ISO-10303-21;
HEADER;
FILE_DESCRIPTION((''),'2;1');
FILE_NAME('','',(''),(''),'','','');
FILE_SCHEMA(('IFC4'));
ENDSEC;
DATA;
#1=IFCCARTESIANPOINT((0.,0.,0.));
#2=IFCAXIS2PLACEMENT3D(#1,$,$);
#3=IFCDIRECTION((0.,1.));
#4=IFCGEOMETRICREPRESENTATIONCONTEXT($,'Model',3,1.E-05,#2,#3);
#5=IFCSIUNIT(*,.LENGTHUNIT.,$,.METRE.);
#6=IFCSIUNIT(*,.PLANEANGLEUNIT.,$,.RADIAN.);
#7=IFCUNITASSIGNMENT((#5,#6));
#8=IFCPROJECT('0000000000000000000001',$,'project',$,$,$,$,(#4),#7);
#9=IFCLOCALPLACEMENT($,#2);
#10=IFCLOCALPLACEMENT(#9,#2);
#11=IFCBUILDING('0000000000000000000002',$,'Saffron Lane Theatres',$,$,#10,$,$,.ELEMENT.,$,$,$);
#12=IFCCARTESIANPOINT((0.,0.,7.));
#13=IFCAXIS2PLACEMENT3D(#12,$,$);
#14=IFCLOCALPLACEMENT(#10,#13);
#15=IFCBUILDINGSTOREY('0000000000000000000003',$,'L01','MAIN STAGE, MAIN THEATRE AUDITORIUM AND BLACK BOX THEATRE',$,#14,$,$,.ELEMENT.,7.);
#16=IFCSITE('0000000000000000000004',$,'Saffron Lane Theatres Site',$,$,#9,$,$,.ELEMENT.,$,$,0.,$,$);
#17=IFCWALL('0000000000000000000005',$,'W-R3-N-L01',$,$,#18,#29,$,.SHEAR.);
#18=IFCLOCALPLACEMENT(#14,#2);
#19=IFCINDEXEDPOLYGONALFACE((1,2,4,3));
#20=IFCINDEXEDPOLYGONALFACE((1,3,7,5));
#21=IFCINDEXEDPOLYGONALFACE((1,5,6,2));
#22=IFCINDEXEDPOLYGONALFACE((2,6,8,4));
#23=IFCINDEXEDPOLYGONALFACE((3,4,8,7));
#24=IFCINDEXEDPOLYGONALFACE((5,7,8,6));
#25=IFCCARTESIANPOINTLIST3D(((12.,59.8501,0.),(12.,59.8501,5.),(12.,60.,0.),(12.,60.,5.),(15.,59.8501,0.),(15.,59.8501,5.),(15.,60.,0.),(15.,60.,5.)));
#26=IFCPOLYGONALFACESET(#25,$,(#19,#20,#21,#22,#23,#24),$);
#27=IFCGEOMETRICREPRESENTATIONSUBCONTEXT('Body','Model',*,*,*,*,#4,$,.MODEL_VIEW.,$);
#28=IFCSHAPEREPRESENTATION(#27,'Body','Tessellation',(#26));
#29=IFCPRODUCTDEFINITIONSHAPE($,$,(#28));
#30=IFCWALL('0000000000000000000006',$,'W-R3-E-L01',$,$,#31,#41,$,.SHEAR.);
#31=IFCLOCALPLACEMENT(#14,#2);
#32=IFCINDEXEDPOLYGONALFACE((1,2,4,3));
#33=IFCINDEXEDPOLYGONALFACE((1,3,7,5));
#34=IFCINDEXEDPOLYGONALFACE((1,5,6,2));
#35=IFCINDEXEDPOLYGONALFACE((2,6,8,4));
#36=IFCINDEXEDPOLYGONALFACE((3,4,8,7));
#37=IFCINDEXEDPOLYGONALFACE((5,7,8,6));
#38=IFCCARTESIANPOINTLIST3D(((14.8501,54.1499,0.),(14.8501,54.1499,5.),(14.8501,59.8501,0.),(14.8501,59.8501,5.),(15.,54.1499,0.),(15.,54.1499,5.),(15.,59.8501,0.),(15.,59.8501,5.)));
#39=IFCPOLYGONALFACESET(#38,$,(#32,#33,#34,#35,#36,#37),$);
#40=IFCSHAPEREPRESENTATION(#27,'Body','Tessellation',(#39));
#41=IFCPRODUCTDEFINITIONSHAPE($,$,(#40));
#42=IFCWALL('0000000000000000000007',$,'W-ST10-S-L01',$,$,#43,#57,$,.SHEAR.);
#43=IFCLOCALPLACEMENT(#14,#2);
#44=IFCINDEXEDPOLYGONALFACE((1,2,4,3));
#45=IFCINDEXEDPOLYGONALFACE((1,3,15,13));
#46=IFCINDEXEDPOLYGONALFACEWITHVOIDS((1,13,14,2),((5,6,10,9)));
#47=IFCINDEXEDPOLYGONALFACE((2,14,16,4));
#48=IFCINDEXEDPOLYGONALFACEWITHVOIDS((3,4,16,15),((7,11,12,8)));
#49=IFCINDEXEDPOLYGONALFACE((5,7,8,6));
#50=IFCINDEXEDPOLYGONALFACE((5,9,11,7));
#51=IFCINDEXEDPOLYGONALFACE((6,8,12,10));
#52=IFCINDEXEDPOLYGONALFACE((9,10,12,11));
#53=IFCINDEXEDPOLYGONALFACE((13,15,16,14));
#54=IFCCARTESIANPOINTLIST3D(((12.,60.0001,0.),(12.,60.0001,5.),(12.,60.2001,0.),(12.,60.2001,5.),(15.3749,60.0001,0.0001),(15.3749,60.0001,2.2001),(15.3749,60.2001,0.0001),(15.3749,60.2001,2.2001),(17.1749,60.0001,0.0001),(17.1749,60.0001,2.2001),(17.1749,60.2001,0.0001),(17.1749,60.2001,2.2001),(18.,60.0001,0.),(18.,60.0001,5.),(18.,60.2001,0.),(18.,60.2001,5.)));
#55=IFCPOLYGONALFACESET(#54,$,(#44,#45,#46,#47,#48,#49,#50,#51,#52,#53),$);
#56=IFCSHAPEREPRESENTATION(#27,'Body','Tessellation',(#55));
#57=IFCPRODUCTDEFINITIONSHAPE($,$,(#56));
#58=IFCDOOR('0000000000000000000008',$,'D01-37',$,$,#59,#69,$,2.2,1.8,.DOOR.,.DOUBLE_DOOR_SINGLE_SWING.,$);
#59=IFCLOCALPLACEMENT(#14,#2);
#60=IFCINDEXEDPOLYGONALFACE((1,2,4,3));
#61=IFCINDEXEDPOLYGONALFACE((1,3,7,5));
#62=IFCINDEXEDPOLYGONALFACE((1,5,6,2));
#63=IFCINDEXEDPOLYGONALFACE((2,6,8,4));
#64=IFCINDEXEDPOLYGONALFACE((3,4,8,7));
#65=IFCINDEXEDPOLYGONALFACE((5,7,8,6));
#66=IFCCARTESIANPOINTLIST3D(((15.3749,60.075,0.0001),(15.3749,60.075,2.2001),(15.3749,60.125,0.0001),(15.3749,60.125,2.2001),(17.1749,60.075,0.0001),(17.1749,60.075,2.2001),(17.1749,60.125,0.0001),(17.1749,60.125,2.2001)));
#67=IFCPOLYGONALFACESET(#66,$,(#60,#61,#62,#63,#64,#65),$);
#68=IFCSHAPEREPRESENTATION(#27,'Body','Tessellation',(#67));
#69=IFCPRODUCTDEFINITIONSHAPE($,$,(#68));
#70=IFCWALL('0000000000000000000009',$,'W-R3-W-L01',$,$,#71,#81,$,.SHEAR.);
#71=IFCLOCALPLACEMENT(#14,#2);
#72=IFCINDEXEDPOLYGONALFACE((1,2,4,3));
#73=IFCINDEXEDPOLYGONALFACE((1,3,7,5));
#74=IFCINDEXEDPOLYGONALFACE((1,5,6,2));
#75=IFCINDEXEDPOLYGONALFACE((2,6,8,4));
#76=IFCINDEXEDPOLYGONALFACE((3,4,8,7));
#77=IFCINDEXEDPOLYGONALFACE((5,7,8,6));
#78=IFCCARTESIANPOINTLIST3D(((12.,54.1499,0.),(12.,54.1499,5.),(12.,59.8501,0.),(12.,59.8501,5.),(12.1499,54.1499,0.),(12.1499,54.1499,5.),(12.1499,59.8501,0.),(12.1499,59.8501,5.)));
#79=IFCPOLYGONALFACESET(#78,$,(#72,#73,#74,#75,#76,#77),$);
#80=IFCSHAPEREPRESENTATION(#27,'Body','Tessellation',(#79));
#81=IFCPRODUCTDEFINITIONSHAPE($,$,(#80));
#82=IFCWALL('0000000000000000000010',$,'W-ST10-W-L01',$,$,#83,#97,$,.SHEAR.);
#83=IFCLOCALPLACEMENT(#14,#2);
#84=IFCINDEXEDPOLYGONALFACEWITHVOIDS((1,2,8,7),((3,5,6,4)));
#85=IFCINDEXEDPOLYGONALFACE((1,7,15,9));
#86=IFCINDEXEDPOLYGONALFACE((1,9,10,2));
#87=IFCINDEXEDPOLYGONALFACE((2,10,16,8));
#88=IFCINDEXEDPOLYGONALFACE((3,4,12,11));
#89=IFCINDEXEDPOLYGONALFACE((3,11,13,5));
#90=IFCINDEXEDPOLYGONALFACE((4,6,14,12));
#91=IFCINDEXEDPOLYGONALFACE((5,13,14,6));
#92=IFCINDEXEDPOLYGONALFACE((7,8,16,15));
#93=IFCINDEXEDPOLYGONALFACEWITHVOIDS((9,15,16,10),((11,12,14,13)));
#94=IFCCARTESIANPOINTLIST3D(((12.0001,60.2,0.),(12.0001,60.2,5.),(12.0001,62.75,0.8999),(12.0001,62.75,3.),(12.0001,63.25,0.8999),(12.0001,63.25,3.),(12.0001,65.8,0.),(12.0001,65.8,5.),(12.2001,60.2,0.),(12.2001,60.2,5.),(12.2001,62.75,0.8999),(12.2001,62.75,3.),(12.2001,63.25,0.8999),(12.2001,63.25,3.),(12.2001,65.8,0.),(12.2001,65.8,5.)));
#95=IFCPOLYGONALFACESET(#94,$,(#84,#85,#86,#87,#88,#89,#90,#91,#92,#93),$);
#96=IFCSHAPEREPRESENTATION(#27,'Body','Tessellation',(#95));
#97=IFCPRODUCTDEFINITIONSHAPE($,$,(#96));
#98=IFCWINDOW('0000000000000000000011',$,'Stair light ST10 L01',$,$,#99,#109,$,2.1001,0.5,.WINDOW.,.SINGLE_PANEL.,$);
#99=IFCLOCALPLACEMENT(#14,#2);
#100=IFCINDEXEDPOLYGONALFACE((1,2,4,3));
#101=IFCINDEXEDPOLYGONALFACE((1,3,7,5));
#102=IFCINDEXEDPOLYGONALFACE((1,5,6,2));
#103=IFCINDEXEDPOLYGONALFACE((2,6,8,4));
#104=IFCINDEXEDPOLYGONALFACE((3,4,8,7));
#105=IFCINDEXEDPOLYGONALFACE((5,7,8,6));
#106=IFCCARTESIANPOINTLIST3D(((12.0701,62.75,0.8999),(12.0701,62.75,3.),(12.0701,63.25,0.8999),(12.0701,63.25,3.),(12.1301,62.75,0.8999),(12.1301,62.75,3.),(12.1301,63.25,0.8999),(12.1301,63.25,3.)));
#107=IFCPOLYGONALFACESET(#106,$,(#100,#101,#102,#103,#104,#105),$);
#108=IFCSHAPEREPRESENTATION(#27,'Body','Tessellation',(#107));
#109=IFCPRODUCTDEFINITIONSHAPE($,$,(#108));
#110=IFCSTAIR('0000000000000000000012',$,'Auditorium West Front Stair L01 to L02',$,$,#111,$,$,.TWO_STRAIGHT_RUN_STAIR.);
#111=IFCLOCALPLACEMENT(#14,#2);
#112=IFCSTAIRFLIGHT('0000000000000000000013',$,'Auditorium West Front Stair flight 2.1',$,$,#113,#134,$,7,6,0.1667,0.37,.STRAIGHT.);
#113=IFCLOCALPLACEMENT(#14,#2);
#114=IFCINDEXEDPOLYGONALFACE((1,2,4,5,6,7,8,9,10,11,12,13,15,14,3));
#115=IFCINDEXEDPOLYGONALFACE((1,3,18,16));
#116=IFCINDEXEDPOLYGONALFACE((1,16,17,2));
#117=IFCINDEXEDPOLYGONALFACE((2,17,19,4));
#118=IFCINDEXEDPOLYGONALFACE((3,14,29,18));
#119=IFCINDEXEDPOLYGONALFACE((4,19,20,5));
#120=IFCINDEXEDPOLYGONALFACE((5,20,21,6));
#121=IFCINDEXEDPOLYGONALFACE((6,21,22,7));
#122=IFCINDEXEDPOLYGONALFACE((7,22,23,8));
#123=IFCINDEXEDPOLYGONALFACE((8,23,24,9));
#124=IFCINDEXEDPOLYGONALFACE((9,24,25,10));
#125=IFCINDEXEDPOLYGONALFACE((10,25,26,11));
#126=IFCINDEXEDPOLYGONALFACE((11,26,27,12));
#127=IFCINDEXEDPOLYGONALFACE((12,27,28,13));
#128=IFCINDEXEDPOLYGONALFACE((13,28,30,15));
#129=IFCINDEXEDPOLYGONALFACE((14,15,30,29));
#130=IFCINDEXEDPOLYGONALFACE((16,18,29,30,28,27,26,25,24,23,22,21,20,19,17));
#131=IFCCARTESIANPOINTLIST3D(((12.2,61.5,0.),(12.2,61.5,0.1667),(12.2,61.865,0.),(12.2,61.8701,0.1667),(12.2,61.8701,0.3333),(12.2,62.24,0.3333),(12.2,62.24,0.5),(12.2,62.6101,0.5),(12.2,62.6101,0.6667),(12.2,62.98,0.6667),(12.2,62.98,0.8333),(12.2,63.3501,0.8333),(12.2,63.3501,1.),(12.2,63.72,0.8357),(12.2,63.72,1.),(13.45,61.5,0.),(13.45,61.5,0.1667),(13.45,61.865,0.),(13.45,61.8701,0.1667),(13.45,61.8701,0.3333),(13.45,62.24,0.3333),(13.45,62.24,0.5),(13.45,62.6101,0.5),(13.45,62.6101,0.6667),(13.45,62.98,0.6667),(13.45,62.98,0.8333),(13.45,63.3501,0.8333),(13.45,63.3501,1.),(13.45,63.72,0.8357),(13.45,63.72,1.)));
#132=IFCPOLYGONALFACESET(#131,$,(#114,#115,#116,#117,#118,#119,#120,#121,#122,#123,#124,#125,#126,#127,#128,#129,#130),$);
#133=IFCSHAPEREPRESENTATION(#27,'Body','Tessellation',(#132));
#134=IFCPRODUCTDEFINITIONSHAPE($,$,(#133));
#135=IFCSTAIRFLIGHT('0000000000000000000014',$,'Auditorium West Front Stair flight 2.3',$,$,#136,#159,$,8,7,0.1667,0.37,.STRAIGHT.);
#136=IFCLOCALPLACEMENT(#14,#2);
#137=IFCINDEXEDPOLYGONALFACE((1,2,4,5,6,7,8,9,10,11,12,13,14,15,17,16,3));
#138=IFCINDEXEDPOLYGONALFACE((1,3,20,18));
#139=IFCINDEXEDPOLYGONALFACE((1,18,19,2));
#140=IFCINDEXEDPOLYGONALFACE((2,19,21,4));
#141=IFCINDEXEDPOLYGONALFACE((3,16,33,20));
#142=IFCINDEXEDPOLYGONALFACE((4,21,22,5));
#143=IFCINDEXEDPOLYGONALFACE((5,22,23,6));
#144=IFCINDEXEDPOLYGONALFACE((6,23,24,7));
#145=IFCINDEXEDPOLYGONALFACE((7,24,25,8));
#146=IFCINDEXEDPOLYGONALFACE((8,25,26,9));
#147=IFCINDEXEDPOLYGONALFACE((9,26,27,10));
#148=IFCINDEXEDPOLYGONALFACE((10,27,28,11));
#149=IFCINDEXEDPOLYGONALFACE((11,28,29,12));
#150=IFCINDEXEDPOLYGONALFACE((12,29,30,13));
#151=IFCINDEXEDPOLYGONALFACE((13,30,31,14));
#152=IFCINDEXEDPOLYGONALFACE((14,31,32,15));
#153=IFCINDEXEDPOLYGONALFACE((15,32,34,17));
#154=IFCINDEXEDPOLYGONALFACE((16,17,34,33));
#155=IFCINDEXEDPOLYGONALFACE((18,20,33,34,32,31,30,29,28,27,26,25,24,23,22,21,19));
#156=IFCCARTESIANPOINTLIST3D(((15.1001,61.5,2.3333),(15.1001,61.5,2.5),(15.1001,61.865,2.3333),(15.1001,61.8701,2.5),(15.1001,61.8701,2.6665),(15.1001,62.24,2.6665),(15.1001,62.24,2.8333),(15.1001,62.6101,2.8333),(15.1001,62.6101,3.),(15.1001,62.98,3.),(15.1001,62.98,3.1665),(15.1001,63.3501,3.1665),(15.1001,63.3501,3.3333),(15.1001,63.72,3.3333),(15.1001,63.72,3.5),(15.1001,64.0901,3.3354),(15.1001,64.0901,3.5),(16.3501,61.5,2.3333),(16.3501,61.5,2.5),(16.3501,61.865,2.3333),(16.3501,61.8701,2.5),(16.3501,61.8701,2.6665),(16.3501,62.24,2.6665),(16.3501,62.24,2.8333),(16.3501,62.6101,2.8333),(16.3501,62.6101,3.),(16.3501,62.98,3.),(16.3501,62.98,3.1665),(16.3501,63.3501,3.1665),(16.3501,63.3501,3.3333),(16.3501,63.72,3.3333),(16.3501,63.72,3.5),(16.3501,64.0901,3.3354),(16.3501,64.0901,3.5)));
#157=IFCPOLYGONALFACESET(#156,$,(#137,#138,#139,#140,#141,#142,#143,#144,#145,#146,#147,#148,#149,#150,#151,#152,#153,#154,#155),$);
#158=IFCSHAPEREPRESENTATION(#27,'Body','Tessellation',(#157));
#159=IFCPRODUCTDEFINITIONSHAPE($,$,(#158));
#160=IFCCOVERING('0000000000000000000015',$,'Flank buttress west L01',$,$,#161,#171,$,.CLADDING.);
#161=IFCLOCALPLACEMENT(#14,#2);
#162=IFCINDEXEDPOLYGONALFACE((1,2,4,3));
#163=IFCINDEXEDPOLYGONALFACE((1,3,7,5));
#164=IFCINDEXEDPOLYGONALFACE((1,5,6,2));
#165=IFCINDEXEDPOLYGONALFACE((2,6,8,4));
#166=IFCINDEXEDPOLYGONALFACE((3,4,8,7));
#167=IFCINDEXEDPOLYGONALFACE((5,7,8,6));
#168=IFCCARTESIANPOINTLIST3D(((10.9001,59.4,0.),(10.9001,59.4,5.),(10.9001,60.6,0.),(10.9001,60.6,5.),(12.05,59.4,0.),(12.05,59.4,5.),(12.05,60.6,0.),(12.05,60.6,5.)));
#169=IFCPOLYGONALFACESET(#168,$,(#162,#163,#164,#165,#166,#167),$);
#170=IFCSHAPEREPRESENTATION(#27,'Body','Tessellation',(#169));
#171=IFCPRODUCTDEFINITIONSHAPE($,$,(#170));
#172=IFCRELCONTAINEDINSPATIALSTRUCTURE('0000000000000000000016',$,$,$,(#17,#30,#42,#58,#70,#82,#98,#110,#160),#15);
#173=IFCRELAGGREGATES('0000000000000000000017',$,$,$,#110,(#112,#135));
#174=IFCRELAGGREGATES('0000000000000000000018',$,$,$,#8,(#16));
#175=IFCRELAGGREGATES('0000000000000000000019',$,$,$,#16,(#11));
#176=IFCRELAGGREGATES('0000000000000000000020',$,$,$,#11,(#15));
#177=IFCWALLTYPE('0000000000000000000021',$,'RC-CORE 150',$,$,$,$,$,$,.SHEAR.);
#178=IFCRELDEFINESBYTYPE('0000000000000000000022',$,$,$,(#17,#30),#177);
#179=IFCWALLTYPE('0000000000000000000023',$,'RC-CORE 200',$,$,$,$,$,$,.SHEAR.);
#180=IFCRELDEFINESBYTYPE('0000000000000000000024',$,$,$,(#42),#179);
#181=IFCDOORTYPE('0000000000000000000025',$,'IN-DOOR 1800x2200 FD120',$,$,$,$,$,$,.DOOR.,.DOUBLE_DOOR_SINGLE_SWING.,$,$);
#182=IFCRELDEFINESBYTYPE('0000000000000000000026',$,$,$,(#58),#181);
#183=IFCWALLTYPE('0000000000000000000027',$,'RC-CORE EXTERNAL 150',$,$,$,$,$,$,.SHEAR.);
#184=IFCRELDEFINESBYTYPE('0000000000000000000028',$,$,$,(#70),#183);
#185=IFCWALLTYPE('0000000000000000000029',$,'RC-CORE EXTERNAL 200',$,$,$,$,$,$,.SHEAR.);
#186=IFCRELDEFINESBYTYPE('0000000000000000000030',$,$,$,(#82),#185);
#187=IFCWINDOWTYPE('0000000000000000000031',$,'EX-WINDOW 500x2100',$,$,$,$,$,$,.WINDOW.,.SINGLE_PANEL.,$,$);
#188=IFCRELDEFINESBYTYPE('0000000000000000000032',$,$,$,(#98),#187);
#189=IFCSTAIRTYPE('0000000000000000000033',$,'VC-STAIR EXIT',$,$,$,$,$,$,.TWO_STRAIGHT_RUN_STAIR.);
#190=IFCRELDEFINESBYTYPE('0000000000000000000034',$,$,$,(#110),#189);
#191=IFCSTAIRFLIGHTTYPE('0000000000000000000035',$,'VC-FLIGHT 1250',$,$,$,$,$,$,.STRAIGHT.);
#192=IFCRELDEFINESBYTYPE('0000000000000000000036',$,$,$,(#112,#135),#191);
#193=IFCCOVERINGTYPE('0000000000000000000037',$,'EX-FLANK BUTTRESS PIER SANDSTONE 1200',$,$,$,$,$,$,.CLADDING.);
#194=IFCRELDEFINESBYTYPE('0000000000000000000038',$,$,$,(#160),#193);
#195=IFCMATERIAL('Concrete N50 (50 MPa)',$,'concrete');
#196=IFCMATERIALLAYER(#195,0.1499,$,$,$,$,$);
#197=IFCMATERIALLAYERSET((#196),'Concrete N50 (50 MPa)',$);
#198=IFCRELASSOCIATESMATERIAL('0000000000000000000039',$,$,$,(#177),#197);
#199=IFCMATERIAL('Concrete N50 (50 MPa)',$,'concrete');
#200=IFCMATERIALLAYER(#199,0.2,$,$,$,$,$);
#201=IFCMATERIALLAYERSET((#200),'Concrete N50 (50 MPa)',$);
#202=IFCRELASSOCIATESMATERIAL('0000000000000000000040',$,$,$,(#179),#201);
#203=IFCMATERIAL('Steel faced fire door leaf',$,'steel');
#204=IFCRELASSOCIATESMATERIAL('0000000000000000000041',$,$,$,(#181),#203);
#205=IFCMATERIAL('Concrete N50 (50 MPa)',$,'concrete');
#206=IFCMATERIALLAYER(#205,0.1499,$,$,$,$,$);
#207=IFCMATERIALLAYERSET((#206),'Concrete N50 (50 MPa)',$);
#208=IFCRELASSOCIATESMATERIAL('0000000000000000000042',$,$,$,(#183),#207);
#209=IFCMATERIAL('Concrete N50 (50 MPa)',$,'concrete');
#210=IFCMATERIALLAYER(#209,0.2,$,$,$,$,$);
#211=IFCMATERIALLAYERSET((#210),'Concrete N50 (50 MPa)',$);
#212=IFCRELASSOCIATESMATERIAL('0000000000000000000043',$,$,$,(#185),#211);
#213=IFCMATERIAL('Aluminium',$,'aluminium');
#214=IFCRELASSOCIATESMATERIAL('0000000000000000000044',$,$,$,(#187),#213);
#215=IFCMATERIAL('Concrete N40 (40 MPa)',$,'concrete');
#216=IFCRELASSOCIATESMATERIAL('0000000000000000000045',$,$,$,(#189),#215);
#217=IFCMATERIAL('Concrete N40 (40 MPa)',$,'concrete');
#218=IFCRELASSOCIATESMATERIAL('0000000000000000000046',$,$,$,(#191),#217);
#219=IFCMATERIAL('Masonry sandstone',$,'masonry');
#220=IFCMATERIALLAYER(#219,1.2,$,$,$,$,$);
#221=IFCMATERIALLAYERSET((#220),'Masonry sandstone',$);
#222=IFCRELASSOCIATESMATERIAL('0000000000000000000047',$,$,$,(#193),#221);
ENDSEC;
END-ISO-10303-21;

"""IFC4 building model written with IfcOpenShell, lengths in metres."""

from ifc_helpers import new_model, si_unit, direction, frame, frame_2d, origin, origin_2d, place, context, subcontext, project, spatial, polyline, rectangle, outline, extrude, material, layer, layer_set, type_object, element, fill, aggregate, save


model = new_model("IFC4")

# Units and contexts
model_context = context("Model", 3, precision=1e-05, world=origin(), true_north=direction((0.0, 1.0)))
body_context = subcontext(model_context, "Body", "Model", "MODEL_VIEW")
ifc_project = project(units=[si_unit("LENGTHUNIT", "METRE"), si_unit("PLANEANGLEUNIT", "RADIAN")], contexts=[model_context])

# Site, building, storey
site_placement = place(None, origin())
site = spatial("IfcSite", under=ifc_project, at=site_placement, Name="Saffron Lane Theatres Site", CompositionType="ELEMENT", RefElevation=0.0)
building_placement = place(site_placement, origin())
building = spatial("IfcBuilding", under=site, at=building_placement, Name="Saffron Lane Theatres", CompositionType="ELEMENT")
storey_placement = place(building_placement, frame((0.0, 0.0, 7.0)))
storey = spatial("IfcBuildingStorey", under=building, at=storey_placement, Name="L01", Description="MAIN STAGE, MAIN THEATRE AUDITORIUM AND BLACK BOX THEATRE", CompositionType="ELEMENT", Elevation=7.0)

# Walls
ifc_material_1 = material(Name="Concrete N50 (50 MPa)", Category="concrete")
ifc_layer_1 = layer(ifc_material_1, 0.1499)
ifc_layer_set_1 = layer_set([ifc_layer_1], Name="Concrete N50 (50 MPa)")
wall_type_1 = type_object("IfcWallType", Name="RC-CORE 150", PredefinedType="SHEAR", material=ifc_layer_set_1)
wall_1_placement = place(storey_placement, frame((12.0, 59.925, 0.0), z_axis=(0.0, 0.0, 1.0), x_axis=(1.0, 0.0, 0.0)))
element("IfcWall", 1, at=wall_1_placement, inside=storey, type_object=wall_type_1, Name="W-R3-N-L01", PredefinedType="SHEAR", context=body_context, shape_type="SweptSolid", body=[
    extrude(rectangle(XDim=3.0, YDim=0.1499, at=frame_2d((1.5, 0.0))), origin(), (0.0, 0.0, 1.0), 5.0),
])
wall_2_placement = place(storey_placement, frame((14.925, 54.1499, 0.0), z_axis=(0.0, 0.0, 1.0), x_axis=(0.0, 1.0, 0.0)))
element("IfcWall", 2, at=wall_2_placement, inside=storey, type_object=wall_type_1, Name="W-R3-E-L01", PredefinedType="SHEAR", context=body_context, shape_type="SweptSolid", body=[
    extrude(rectangle(XDim=5.7002, YDim=0.1499, at=frame_2d((2.8501, 0.0))), origin(), (0.0, 0.0, 1.0), 5.0),
])

# Wall, opening, door
ifc_material_2 = material(Name="Concrete N50 (50 MPa)", Category="concrete")
ifc_layer_2 = layer(ifc_material_2, 0.2)
ifc_layer_set_2 = layer_set([ifc_layer_2], Name="Concrete N50 (50 MPa)")
wall_type_2 = type_object("IfcWallType", Name="RC-CORE 200", PredefinedType="SHEAR", material=ifc_layer_set_2)
wall_3_placement = place(storey_placement, frame((12.0, 60.1001, 0.0), z_axis=(0.0, 0.0, 1.0), x_axis=(1.0, 0.0, 0.0)))
wall_3 = element("IfcWall", 3, at=wall_3_placement, inside=storey, type_object=wall_type_2, Name="W-ST10-S-L01", PredefinedType="SHEAR", context=body_context, shape_type="SweptSolid", body=[
    extrude(rectangle(XDim=6.0, YDim=0.2, at=frame_2d((3.0, 0.0))), origin(), (0.0, 0.0, 1.0), 5.0),
])
opening_1_placement = place(wall_3_placement, frame((3.375, 0.0, 0.0)))
opening_1 = element("IfcOpeningElement", 4, at=opening_1_placement, cuts=wall_3, PredefinedType="OPENING", context=body_context, shape_type="SweptSolid", body=[
    extrude(rectangle(XDim=1.8, YDim=2.2, at=frame_2d((0.8999, 1.1001))), frame((0.0, 0.1099, 0.0), z_axis=(0.0, -1.0, 0.0), x_axis=(1.0, 0.0, 0.0)), (0.0, 0.0, 1.0), 0.22),
])
ifc_material_3 = material(Name="Steel faced fire door leaf", Category="steel")
door_type = type_object("IfcDoorType", Name="IN-DOOR 1800x2200 FD120", OperationType="DOUBLE_DOOR_SINGLE_SWING", PredefinedType="DOOR", material=ifc_material_3)
door_placement = place(opening_1_placement, origin())
door = element("IfcDoor", 5, at=door_placement, inside=storey, type_object=door_type, Name="D01-37", OperationType="DOUBLE_DOOR_SINGLE_SWING", OverallHeight=2.2, OverallWidth=1.8, PredefinedType="DOOR", context=body_context, shape_type="SweptSolid", body=[
    extrude(rectangle(XDim=1.8, YDim=2.2, at=frame_2d((0.8999, 1.1001))), frame((0.0, 0.0249, 0.0), z_axis=(0.0, -1.0, 0.0), x_axis=(1.0, 0.0, 0.0)), (0.0, 0.0, 1.0), 0.05),
])
fill(opening_1, door)

# Wall
ifc_material_4 = material(Name="Concrete N50 (50 MPa)", Category="concrete")
ifc_layer_3 = layer(ifc_material_4, 0.1499)
ifc_layer_set_3 = layer_set([ifc_layer_3], Name="Concrete N50 (50 MPa)")
wall_type_3 = type_object("IfcWallType", Name="RC-CORE EXTERNAL 150", PredefinedType="SHEAR", material=ifc_layer_set_3)
wall_4_placement = place(storey_placement, frame((12.075, 54.1499, 0.0), z_axis=(0.0, 0.0, 1.0), x_axis=(0.0, 1.0, 0.0)))
element("IfcWall", 6, at=wall_4_placement, inside=storey, type_object=wall_type_3, Name="W-R3-W-L01", PredefinedType="SHEAR", context=body_context, shape_type="SweptSolid", body=[
    extrude(rectangle(XDim=5.7002, YDim=0.1499, at=frame_2d((2.8501, 0.0))), origin(), (0.0, 0.0, 1.0), 5.0),
])

# Wall, opening, window
ifc_material_5 = material(Name="Concrete N50 (50 MPa)", Category="concrete")
ifc_layer_4 = layer(ifc_material_5, 0.2)
ifc_layer_set_4 = layer_set([ifc_layer_4], Name="Concrete N50 (50 MPa)")
wall_type_4 = type_object("IfcWallType", Name="RC-CORE EXTERNAL 200", PredefinedType="SHEAR", material=ifc_layer_set_4)
wall_5_placement = place(storey_placement, frame((12.1001, 60.2, 0.0), z_axis=(0.0, 0.0, 1.0), x_axis=(0.0, 1.0, 0.0)))
wall_5 = element("IfcWall", 7, at=wall_5_placement, inside=storey, type_object=wall_type_4, Name="W-ST10-W-L01", PredefinedType="SHEAR", context=body_context, shape_type="SweptSolid", body=[
    extrude(rectangle(XDim=5.6001, YDim=0.2, at=frame_2d((2.8, 0.0))), origin(), (0.0, 0.0, 1.0), 5.0),
])
opening_2_placement = place(wall_5_placement, frame((2.55, 0.0, 0.8999)))
opening_2 = element("IfcOpeningElement", 8, at=opening_2_placement, cuts=wall_5, PredefinedType="OPENING", context=body_context, shape_type="SweptSolid", body=[
    extrude(rectangle(XDim=0.5, YDim=2.1001, at=frame_2d((0.25, 1.05))), frame((0.0, 0.1099, 0.0), z_axis=(0.0, -1.0, 0.0), x_axis=(1.0, 0.0, 0.0)), (0.0, 0.0, 1.0), 0.22),
])
ifc_material_6 = material(Name="Aluminium", Category="aluminium")
window_type = type_object("IfcWindowType", Name="EX-WINDOW 500x2100", PartitioningType="SINGLE_PANEL", PredefinedType="WINDOW", material=ifc_material_6)
window_placement = place(opening_2_placement, origin())
window = element("IfcWindow", 9, at=window_placement, inside=storey, type_object=window_type, Name="Stair light ST10 L01", OverallHeight=2.1001, OverallWidth=0.5, PartitioningType="SINGLE_PANEL", PredefinedType="WINDOW", context=body_context, shape_type="SweptSolid", body=[
    extrude(rectangle(XDim=0.5, YDim=2.1001, at=frame_2d((0.25, 1.05))), frame((0.0, 0.03, 0.0), z_axis=(0.0, -1.0, 0.0), x_axis=(1.0, 0.0, 0.0)), (0.0, 0.0, 1.0), 0.0601),
])
fill(opening_2, window)

# Stair, stair flights
ifc_material_7 = material(Name="Concrete N40 (40 MPa)", Category="concrete")
stair_type = type_object("IfcStairType", Name="VC-STAIR EXIT", PredefinedType="TWO_STRAIGHT_RUN_STAIR", material=ifc_material_7)
stair_placement = place(storey_placement, origin())
stair = element("IfcStair", 10, at=stair_placement, inside=storey, type_object=stair_type, Name="Auditorium West Front Stair L01 to L02", PredefinedType="TWO_STRAIGHT_RUN_STAIR")
ifc_material_8 = material(Name="Concrete N40 (40 MPa)", Category="concrete")
stair_flight_type = type_object("IfcStairFlightType", Name="VC-FLIGHT 1250", PredefinedType="STRAIGHT", material=ifc_material_8)
stair_flight_1_placement = place(storey_placement, frame((12.825, 61.5, 0.0), z_axis=(0.0, 0.0, 1.0), x_axis=(0.0, 1.0, 0.0)))
stair_flight_1 = element("IfcStairFlight", 11, at=stair_flight_1_placement, type_object=stair_flight_type, Name="Auditorium West Front Stair flight 2.1", NumberOfRisers=7, NumberOfTreads=6, PredefinedType="STRAIGHT", RiserHeight=0.1667, TreadLength=0.37, context=body_context, shape_type="SweptSolid", body=[
    extrude(outline(polyline([(0.0, 0.0), (0.0, 0.1667), (0.3701, 0.1667), (0.3701, 0.3333), (0.74, 0.3333), (0.74, 0.5), (1.1101, 0.5), (1.1101, 0.6667), (1.48, 0.6667), (1.48, 0.8333), (1.8501, 0.8333), (1.8501, 1.0), (2.22, 1.0), (2.22, 1.1667), (2.22, 0.8357), (0.365, 0.0), (0.0, 0.0)])), frame((0.0, 0.625, 0.0), z_axis=(0.0, -1.0, 0.0), x_axis=(1.0, 0.0, 0.0)), (0.0, 0.0, 1.0), 1.25),
])
stair_flight_2_placement = place(storey_placement, frame((15.7251, 61.5, 2.3333), z_axis=(0.0, 0.0, 1.0), x_axis=(0.0, 1.0, 0.0)))
stair_flight_2 = element("IfcStairFlight", 12, at=stair_flight_2_placement, type_object=stair_flight_type, Name="Auditorium West Front Stair flight 2.3", NumberOfRisers=8, NumberOfTreads=7, PredefinedType="STRAIGHT", RiserHeight=0.1667, TreadLength=0.37, context=body_context, shape_type="SweptSolid", body=[
    extrude(outline(polyline([(0.0, 0.0), (0.0, 0.1667), (0.3701, 0.1667), (0.3701, 0.3333), (0.74, 0.3333), (0.74, 0.5), (1.1101, 0.5), (1.1101, 0.6667), (1.48, 0.6667), (1.48, 0.8333), (1.8501, 0.8333), (1.8501, 1.0), (2.22, 1.0), (2.22, 1.1667), (2.5901, 1.1667), (2.5901, 1.3333), (2.5901, 1.0022), (0.365, 0.0), (0.0, 0.0)])), frame((0.0, 0.625, 0.0), z_axis=(0.0, -1.0, 0.0), x_axis=(1.0, 0.0, 0.0)), (0.0, 0.0, 1.0), 1.25),
])
aggregate(stair, [stair_flight_1, stair_flight_2])

# Covering
ifc_material_9 = material(Name="Masonry sandstone", Category="masonry")
ifc_layer_5 = layer(ifc_material_9, 1.2)
ifc_layer_set_5 = layer_set([ifc_layer_5], Name="Masonry sandstone")
covering_type_1 = type_object("IfcCoveringType", Name="EX-FLANK BUTTRESS PIER SANDSTONE 1200", PredefinedType="CLADDING", material=ifc_layer_set_5)
covering_1_placement = place(storey_placement, frame((11.4751, 60.0, 0.0), z_axis=(0.0, 0.0, 1.0), x_axis=(0.0, 1.0, 0.0)))
element("IfcCovering", 13, at=covering_1_placement, inside=storey, type_object=covering_type_1, Name="Flank buttress west L01", PredefinedType="CLADDING", context=body_context, shape_type="SweptSolid", body=[
    extrude(rectangle(XDim=1.2, YDim=1.1499, at=origin_2d()), origin(), (0.0, 0.0, 1.0), 5.0),
])

save(model, "model.ifc")
